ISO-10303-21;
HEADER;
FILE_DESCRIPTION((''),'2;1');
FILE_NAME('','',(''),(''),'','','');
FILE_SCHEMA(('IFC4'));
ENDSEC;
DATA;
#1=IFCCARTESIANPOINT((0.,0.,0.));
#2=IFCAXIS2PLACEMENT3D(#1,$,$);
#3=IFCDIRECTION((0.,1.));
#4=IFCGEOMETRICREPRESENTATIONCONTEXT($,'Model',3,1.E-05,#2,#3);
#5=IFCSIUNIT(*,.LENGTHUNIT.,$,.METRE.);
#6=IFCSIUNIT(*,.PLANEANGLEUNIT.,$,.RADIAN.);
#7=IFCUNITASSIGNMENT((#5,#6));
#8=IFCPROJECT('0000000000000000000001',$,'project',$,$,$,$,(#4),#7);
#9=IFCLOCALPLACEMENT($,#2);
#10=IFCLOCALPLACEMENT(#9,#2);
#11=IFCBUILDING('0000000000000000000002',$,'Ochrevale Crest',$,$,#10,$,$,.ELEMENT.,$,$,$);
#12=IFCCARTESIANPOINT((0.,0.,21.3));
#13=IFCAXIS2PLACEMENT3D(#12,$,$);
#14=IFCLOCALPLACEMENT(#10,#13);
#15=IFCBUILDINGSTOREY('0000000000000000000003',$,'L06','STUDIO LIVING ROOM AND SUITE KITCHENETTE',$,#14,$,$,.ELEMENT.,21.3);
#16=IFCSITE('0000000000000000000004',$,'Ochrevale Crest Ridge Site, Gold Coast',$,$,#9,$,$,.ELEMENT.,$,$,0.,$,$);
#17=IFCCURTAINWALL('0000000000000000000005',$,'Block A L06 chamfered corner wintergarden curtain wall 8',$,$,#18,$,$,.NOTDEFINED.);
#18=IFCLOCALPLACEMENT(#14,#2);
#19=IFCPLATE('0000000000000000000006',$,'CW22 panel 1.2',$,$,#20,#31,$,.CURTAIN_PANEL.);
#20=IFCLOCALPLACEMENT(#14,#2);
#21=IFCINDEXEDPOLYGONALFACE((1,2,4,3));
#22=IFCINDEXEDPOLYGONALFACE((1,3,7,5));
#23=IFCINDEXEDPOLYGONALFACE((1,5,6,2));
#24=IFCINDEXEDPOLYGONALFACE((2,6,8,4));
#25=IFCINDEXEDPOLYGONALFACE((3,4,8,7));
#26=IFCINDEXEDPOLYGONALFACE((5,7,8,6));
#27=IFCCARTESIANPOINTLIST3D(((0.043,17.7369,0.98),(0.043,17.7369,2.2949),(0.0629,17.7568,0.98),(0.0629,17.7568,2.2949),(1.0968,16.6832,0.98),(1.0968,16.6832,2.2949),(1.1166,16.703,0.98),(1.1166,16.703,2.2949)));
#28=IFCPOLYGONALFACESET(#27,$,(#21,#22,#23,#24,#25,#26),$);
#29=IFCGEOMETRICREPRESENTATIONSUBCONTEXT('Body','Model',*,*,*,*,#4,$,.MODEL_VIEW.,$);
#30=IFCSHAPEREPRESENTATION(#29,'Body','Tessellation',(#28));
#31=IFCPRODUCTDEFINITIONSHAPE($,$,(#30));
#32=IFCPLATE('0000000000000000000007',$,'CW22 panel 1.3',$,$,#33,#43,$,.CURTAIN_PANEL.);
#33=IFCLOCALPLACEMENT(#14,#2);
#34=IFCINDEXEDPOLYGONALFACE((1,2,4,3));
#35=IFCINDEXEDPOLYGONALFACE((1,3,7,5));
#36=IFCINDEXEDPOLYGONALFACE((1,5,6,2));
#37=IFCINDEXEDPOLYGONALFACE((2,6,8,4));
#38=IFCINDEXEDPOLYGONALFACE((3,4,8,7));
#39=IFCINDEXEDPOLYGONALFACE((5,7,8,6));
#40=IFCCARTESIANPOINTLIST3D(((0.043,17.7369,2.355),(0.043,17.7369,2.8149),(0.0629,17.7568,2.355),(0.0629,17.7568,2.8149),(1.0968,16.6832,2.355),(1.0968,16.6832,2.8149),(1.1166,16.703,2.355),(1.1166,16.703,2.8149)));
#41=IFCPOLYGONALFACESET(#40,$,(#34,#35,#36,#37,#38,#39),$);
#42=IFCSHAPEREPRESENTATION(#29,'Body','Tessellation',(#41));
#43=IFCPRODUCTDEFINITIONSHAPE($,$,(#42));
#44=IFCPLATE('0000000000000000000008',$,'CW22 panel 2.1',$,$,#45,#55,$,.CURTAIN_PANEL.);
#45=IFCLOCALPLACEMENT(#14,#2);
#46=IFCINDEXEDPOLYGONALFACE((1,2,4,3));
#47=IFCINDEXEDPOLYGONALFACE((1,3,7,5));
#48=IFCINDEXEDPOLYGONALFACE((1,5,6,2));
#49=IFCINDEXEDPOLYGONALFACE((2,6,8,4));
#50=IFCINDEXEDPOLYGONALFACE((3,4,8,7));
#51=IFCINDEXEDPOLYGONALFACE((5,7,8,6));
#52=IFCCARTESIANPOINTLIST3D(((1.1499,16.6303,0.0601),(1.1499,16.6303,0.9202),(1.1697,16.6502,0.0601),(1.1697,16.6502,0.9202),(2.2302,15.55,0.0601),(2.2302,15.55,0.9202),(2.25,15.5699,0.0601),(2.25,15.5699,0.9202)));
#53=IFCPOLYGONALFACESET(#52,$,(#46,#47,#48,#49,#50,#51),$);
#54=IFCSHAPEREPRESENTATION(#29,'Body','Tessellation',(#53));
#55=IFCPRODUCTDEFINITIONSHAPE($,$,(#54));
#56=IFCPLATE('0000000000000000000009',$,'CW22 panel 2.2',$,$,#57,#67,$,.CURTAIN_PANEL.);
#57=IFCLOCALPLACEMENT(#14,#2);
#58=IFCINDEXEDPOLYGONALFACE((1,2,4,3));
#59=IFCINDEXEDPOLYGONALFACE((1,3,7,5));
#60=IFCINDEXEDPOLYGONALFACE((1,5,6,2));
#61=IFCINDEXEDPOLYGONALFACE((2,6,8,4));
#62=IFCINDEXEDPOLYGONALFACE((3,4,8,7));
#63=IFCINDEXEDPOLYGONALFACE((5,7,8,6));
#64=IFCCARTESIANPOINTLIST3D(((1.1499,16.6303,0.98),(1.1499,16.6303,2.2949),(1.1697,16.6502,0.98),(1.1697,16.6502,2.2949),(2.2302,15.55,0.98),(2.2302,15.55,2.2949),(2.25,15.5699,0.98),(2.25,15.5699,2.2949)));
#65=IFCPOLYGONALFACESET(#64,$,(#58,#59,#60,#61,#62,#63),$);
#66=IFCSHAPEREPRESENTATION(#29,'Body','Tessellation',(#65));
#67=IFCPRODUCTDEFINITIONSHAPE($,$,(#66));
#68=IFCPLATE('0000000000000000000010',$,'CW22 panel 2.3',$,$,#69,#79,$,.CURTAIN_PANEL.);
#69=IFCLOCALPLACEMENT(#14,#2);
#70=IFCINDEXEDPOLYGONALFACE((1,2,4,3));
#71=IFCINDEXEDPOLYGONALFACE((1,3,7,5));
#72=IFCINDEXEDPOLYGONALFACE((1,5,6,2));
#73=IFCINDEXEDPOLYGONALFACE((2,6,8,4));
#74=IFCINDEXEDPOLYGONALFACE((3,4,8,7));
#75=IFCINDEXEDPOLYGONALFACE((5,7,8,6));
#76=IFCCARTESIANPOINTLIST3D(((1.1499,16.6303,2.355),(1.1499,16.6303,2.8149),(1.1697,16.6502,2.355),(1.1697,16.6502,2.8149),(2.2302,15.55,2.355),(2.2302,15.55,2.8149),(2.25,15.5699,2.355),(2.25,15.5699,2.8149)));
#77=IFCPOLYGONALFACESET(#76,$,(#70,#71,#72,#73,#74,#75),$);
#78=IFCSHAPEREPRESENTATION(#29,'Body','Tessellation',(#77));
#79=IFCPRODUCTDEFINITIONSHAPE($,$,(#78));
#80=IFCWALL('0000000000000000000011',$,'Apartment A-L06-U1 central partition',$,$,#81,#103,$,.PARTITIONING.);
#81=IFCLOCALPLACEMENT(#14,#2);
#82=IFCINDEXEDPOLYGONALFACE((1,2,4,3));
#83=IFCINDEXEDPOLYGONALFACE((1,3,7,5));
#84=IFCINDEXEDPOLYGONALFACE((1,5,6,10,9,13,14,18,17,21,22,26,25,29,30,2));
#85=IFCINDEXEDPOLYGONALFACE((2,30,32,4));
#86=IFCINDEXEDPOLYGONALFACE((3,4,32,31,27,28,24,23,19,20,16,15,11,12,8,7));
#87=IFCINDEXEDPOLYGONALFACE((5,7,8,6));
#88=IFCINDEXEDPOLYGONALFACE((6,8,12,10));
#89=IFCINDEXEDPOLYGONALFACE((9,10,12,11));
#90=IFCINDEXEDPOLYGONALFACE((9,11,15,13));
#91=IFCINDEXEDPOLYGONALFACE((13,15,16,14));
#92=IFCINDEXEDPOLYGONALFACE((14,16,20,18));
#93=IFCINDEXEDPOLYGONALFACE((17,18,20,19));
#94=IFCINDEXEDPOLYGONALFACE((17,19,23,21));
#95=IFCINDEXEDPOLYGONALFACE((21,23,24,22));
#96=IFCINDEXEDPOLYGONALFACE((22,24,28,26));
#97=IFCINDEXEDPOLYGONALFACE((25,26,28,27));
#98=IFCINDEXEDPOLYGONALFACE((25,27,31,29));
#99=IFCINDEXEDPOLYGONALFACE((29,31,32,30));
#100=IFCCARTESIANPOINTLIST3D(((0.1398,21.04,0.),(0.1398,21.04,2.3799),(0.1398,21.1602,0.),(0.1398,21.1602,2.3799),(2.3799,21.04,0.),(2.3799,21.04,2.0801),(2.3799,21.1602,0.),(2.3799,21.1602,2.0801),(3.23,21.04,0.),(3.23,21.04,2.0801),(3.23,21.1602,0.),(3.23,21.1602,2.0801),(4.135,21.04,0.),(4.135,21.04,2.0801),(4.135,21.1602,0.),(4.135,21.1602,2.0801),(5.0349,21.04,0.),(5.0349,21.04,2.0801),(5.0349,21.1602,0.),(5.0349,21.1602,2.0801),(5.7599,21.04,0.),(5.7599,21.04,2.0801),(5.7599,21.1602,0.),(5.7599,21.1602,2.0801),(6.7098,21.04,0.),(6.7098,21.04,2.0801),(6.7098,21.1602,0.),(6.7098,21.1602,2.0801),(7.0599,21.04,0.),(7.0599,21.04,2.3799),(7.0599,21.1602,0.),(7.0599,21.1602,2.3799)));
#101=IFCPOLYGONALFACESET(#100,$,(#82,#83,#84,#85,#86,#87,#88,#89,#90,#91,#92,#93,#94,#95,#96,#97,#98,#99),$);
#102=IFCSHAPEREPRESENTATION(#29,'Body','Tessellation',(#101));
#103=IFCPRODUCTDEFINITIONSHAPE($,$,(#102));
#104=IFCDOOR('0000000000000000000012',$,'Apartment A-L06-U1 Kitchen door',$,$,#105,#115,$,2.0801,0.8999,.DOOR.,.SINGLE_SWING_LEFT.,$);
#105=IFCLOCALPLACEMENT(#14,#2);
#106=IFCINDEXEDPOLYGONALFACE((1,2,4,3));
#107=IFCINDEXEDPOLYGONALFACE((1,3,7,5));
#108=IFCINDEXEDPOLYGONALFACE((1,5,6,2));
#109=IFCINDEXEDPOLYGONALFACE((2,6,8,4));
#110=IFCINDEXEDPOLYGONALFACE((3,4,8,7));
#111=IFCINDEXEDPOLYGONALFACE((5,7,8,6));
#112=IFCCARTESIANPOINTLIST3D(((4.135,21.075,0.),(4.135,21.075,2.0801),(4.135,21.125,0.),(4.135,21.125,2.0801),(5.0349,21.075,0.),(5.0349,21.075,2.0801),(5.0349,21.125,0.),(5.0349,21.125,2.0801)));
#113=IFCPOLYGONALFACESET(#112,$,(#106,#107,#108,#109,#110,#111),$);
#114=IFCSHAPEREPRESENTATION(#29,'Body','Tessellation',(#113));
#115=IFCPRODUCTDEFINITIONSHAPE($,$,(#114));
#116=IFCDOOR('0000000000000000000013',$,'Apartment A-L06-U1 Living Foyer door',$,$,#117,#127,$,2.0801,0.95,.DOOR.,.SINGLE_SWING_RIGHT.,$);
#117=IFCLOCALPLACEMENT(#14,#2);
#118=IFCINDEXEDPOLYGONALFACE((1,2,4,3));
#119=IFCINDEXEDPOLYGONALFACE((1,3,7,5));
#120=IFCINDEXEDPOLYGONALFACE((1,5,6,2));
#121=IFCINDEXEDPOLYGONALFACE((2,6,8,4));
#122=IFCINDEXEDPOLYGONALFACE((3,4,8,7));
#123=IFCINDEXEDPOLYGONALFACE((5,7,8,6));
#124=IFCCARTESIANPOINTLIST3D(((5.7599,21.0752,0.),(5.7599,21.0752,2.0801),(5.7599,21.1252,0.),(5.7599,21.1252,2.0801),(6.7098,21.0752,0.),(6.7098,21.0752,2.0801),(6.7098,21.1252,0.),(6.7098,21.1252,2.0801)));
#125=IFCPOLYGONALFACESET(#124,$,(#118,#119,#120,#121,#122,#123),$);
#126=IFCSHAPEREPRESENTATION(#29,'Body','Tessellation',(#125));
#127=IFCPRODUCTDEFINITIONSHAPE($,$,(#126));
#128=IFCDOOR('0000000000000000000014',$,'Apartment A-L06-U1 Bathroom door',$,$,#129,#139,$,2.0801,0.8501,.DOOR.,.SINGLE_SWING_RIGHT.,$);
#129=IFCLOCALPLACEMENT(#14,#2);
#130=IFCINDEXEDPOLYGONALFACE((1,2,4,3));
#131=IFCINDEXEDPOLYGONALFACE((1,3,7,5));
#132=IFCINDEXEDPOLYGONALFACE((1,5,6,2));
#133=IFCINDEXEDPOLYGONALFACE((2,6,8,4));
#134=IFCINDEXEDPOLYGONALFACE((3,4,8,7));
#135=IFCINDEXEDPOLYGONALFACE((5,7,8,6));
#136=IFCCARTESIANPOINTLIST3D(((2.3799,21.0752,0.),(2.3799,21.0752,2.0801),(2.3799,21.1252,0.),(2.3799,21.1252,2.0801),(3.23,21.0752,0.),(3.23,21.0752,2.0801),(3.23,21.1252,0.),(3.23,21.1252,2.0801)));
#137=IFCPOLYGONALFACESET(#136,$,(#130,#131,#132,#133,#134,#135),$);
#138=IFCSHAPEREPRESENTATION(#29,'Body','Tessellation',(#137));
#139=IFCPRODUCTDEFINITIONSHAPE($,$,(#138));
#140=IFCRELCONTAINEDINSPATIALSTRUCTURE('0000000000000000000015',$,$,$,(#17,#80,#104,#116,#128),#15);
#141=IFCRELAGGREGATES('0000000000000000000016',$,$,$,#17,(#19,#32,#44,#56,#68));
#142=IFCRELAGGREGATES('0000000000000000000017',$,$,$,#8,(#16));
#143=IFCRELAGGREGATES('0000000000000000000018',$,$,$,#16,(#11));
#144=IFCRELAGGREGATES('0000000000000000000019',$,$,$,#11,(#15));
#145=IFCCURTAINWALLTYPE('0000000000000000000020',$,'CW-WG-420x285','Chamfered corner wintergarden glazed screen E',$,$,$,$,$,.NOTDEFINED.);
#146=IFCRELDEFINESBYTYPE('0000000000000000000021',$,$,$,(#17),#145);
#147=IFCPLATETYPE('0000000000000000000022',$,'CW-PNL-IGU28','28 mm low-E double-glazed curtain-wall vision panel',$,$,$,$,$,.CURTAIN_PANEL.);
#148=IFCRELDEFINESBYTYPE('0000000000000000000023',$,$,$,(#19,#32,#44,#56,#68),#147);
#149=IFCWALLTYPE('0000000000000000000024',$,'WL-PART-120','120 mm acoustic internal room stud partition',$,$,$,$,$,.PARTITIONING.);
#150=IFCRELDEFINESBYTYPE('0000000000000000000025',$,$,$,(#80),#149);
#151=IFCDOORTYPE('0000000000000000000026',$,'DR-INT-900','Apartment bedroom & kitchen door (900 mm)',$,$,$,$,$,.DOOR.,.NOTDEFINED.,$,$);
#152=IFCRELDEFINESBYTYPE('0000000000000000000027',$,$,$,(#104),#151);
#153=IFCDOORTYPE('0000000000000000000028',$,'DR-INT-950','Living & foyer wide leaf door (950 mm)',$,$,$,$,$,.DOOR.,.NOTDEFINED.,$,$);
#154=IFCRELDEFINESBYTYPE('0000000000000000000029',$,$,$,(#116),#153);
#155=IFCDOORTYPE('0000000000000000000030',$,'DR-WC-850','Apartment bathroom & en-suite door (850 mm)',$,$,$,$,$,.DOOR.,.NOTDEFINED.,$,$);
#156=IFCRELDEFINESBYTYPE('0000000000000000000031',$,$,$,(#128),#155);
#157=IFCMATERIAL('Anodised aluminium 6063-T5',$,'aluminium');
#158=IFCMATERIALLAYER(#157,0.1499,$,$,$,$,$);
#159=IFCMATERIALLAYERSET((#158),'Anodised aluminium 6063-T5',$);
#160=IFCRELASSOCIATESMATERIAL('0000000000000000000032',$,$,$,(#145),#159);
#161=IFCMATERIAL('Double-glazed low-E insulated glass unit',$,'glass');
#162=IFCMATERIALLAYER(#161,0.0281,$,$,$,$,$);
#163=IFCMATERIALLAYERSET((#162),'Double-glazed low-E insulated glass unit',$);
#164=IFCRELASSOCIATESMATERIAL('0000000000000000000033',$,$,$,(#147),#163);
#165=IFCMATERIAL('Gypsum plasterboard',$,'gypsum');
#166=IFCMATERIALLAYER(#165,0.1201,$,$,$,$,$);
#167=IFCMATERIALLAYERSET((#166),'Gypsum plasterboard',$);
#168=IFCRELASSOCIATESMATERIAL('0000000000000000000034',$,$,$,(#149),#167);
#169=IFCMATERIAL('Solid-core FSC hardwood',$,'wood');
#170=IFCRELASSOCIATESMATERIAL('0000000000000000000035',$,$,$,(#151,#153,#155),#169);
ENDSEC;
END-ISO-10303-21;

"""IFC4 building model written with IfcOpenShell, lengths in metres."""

from ifc_helpers import new_model, si_unit, direction, frame, frame_2d, origin, origin_2d, place, context, subcontext, project, spatial, rectangle, extrude, material, layer, layer_set, type_object, element, fill, aggregate, save


model = new_model("IFC4")

# Units and contexts
model_context = context("Model", 3, precision=1e-05, world=origin(), true_north=direction((0.0, 1.0)))
body_context = subcontext(model_context, "Body", "Model", "MODEL_VIEW")
ifc_project = project(units=[si_unit("LENGTHUNIT", "METRE"), si_unit("PLANEANGLEUNIT", "RADIAN")], contexts=[model_context])

# Site, building, storey
site_placement = place(None, origin())
site = spatial("IfcSite", under=ifc_project, at=site_placement, Name="Ochrevale Crest Ridge Site, Gold Coast", CompositionType="ELEMENT", RefElevation=0.0)
building_placement = place(site_placement, origin())
building = spatial("IfcBuilding", under=site, at=building_placement, Name="Ochrevale Crest", CompositionType="ELEMENT")
storey_placement = place(building_placement, frame((0.0, 0.0, 21.3)))
storey = spatial("IfcBuildingStorey", under=building, at=storey_placement, Name="L06", Description="STUDIO LIVING ROOM AND SUITE KITCHENETTE", CompositionType="ELEMENT", Elevation=21.3)

# Curtain wall, plates
ifc_material_1 = material(Name="Anodised aluminium 6063-T5", Category="aluminium")
ifc_layer_1 = layer(ifc_material_1, 0.1499)
ifc_layer_set_1 = layer_set([ifc_layer_1], Name="Anodised aluminium 6063-T5")
curtain_wall_type = type_object("IfcCurtainWallType", Name="CW-WG-420x285", Description="Chamfered corner wintergarden glazed screen E", PredefinedType="NOTDEFINED", material=ifc_layer_set_1)
curtain_wall_placement = place(storey_placement, origin())
curtain_wall = element("IfcCurtainWall", 1, at=curtain_wall_placement, inside=storey, type_object=curtain_wall_type, Name="Block A L06 chamfered corner wintergarden curtain wall 8", PredefinedType="NOTDEFINED")
ifc_material_2 = material(Name="Double-glazed low-E insulated glass unit", Category="glass")
ifc_layer_2 = layer(ifc_material_2, 0.0281)
ifc_layer_set_2 = layer_set([ifc_layer_2], Name="Double-glazed low-E insulated glass unit")
plate_type = type_object("IfcPlateType", Name="CW-PNL-IGU28", Description="28 mm low-E double-glazed curtain-wall vision panel", PredefinedType="CURTAIN_PANEL", material=ifc_layer_set_2)
plate_1_placement = place(storey_placement, frame((0.5798, 17.22, 0.98), z_axis=(0.0, 0.0, 1.0), x_axis=(0.707107, -0.707107, 0.0)))
plate_1 = element("IfcPlate", 2, at=plate_1_placement, type_object=plate_type, Name="CW22 panel 1.2", PredefinedType="CURTAIN_PANEL", context=body_context, shape_type="SweptSolid", body=[
    extrude(rectangle(XDim=1.4902, YDim=0.0281, at=origin_2d()), origin(), (0.0, 0.0, 1.0), 1.3149),
])
plate_2_placement = place(storey_placement, frame((0.5798, 17.22, 2.355), z_axis=(0.0, 0.0, 1.0), x_axis=(0.707107, -0.707107, 0.0)))
plate_2 = element("IfcPlate", 3, at=plate_2_placement, type_object=plate_type, Name="CW22 panel 1.3", PredefinedType="CURTAIN_PANEL", context=body_context, shape_type="SweptSolid", body=[
    extrude(rectangle(XDim=1.4902, YDim=0.0281, at=origin_2d()), origin(), (0.0, 0.0, 1.0), 0.46),
])
plate_3_placement = place(storey_placement, frame((1.7, 16.1001, 0.0601), z_axis=(0.0, 0.0, 1.0), x_axis=(0.707107, -0.707107, 0.0)))
plate_3 = element("IfcPlate", 4, at=plate_3_placement, type_object=plate_type, Name="CW22 panel 2.1", PredefinedType="CURTAIN_PANEL", context=body_context, shape_type="SweptSolid", body=[
    extrude(rectangle(XDim=1.5278, YDim=0.0281, at=origin_2d()), origin(), (0.0, 0.0, 1.0), 0.8601),
])
plate_4_placement = place(storey_placement, frame((1.7, 16.1001, 0.98), z_axis=(0.0, 0.0, 1.0), x_axis=(0.707107, -0.707107, 0.0)))
plate_4 = element("IfcPlate", 5, at=plate_4_placement, type_object=plate_type, Name="CW22 panel 2.2", PredefinedType="CURTAIN_PANEL", context=body_context, shape_type="SweptSolid", body=[
    extrude(rectangle(XDim=1.5278, YDim=0.0281, at=origin_2d()), origin(), (0.0, 0.0, 1.0), 1.3149),
])
plate_5_placement = place(storey_placement, frame((1.7, 16.1001, 2.355), z_axis=(0.0, 0.0, 1.0), x_axis=(0.707107, -0.707107, 0.0)))
plate_5 = element("IfcPlate", 6, at=plate_5_placement, type_object=plate_type, Name="CW22 panel 2.3", PredefinedType="CURTAIN_PANEL", context=body_context, shape_type="SweptSolid", body=[
    extrude(rectangle(XDim=1.5278, YDim=0.0281, at=origin_2d()), origin(), (0.0, 0.0, 1.0), 0.46),
])
aggregate(curtain_wall, [plate_1, plate_2, plate_3, plate_4, plate_5])

# Wall, openings, doors
ifc_material_3 = material(Name="Gypsum plasterboard", Category="gypsum")
ifc_layer_3 = layer(ifc_material_3, 0.1201)
ifc_layer_set_3 = layer_set([ifc_layer_3], Name="Gypsum plasterboard")
wall_type = type_object("IfcWallType", Name="WL-PART-120", Description="120 mm acoustic internal room stud partition", PredefinedType="PARTITIONING", material=ifc_layer_set_3)
wall_placement = place(storey_placement, frame((0.1399, 21.1001, 0.0), z_axis=(0.0, 0.0, 1.0), x_axis=(1.0, 0.0, 0.0)))
wall = element("IfcWall", 7, at=wall_placement, inside=storey, type_object=wall_type, Name="Apartment A-L06-U1 central partition", PredefinedType="PARTITIONING", context=body_context, shape_type="SweptSolid", body=[
    extrude(rectangle(XDim=6.9202, YDim=0.1201, at=frame_2d((3.46, 0.0))), origin(), (0.0, 0.0, 1.0), 2.3799),
])
opening_1_placement = place(wall_placement, frame((3.0901, 0.0, 0.0), z_axis=(0.0, 0.0, 1.0), x_axis=(-1.0, 0.0, 0.0)))
opening_1 = element("IfcOpeningElement", 8, at=opening_1_placement, cuts=wall, PredefinedType="OPENING", context=body_context, shape_type="SweptSolid", body=[
    extrude(rectangle(XDim=0.8501, YDim=2.0801, at=frame_2d((0.425, 1.04))), frame((0.0, 0.0701, 0.0), z_axis=(0.0, -1.0, 0.0), x_axis=(1.0, 0.0, 0.0)), (0.0, 0.0, 1.0), 0.1401),
])
opening_2_placement = place(wall_placement, frame((3.9951, 0.0, 0.0)))
opening_2 = element("IfcOpeningElement", 9, at=opening_2_placement, cuts=wall, PredefinedType="OPENING", context=body_context, shape_type="SweptSolid", body=[
    extrude(rectangle(XDim=0.8999, YDim=2.0801, at=frame_2d((0.45, 1.04))), frame((0.0, 0.0701, 0.0), z_axis=(0.0, -1.0, 0.0), x_axis=(1.0, 0.0, 0.0)), (0.0, 0.0, 1.0), 0.1401),
])
opening_3_placement = place(wall_placement, frame((6.5701, 0.0, 0.0), z_axis=(0.0, 0.0, 1.0), x_axis=(-1.0, 0.0, 0.0)))
opening_3 = element("IfcOpeningElement", 10, at=opening_3_placement, cuts=wall, PredefinedType="OPENING", context=body_context, shape_type="SweptSolid", body=[
    extrude(rectangle(XDim=0.95, YDim=2.0801, at=frame_2d((0.4751, 1.04))), frame((0.0, 0.0701, 0.0), z_axis=(0.0, -1.0, 0.0), x_axis=(1.0, 0.0, 0.0)), (0.0, 0.0, 1.0), 0.1401),
])
ifc_material_4 = material(Name="Solid-core FSC hardwood", Category="wood")
door_type_1 = type_object("IfcDoorType", Name="DR-INT-900", Description="Apartment bedroom & kitchen door (900 mm)", OperationType="NOTDEFINED", PredefinedType="DOOR", material=ifc_material_4)
door_1_placement = place(opening_2_placement, origin())
door_1 = element("IfcDoor", 11, at=door_1_placement, inside=storey, type_object=door_type_1, Name="Apartment A-L06-U1 Kitchen door", OperationType="SINGLE_SWING_LEFT", OverallHeight=2.0801, OverallWidth=0.8999, PredefinedType="DOOR", context=body_context, shape_type="SweptSolid", body=[
    extrude(rectangle(XDim=0.8999, YDim=2.0801, at=frame_2d((0.45, 1.04))), frame((0.0, 0.0249, 0.0), z_axis=(0.0, -1.0, 0.0), x_axis=(1.0, 0.0, 0.0)), (0.0, 0.0, 1.0), 0.05),
])
fill(opening_2, door_1)
door_type_2 = type_object("IfcDoorType", Name="DR-INT-950", Description="Living & foyer wide leaf door (950 mm)", OperationType="NOTDEFINED", PredefinedType="DOOR", material=ifc_material_4)
door_2_placement = place(opening_3_placement, origin())
door_2 = element("IfcDoor", 12, at=door_2_placement, inside=storey, type_object=door_type_2, Name="Apartment A-L06-U1 Living Foyer door", OperationType="SINGLE_SWING_RIGHT", OverallHeight=2.0801, OverallWidth=0.95, PredefinedType="DOOR", context=body_context, shape_type="SweptSolid", body=[
    extrude(rectangle(XDim=0.95, YDim=2.0801, at=frame_2d((0.4751, 1.04))), frame((0.0, 0.0249, 0.0), z_axis=(0.0, -1.0, 0.0), x_axis=(1.0, 0.0, 0.0)), (0.0, 0.0, 1.0), 0.05),
])
fill(opening_3, door_2)
door_type_3 = type_object("IfcDoorType", Name="DR-WC-850", Description="Apartment bathroom & en-suite door (850 mm)", OperationType="NOTDEFINED", PredefinedType="DOOR", material=ifc_material_4)
door_3_placement = place(opening_1_placement, origin())
door_3 = element("IfcDoor", 13, at=door_3_placement, inside=storey, type_object=door_type_3, Name="Apartment A-L06-U1 Bathroom door", OperationType="SINGLE_SWING_RIGHT", OverallHeight=2.0801, OverallWidth=0.8501, PredefinedType="DOOR", context=body_context, shape_type="SweptSolid", body=[
    extrude(rectangle(XDim=0.8501, YDim=2.0801, at=frame_2d((0.425, 1.04))), frame((0.0, 0.0249, 0.0), z_axis=(0.0, -1.0, 0.0), x_axis=(1.0, 0.0, 0.0)), (0.0, 0.0, 1.0), 0.05),
])
fill(opening_1, door_3)

save(model, "model.ifc")
